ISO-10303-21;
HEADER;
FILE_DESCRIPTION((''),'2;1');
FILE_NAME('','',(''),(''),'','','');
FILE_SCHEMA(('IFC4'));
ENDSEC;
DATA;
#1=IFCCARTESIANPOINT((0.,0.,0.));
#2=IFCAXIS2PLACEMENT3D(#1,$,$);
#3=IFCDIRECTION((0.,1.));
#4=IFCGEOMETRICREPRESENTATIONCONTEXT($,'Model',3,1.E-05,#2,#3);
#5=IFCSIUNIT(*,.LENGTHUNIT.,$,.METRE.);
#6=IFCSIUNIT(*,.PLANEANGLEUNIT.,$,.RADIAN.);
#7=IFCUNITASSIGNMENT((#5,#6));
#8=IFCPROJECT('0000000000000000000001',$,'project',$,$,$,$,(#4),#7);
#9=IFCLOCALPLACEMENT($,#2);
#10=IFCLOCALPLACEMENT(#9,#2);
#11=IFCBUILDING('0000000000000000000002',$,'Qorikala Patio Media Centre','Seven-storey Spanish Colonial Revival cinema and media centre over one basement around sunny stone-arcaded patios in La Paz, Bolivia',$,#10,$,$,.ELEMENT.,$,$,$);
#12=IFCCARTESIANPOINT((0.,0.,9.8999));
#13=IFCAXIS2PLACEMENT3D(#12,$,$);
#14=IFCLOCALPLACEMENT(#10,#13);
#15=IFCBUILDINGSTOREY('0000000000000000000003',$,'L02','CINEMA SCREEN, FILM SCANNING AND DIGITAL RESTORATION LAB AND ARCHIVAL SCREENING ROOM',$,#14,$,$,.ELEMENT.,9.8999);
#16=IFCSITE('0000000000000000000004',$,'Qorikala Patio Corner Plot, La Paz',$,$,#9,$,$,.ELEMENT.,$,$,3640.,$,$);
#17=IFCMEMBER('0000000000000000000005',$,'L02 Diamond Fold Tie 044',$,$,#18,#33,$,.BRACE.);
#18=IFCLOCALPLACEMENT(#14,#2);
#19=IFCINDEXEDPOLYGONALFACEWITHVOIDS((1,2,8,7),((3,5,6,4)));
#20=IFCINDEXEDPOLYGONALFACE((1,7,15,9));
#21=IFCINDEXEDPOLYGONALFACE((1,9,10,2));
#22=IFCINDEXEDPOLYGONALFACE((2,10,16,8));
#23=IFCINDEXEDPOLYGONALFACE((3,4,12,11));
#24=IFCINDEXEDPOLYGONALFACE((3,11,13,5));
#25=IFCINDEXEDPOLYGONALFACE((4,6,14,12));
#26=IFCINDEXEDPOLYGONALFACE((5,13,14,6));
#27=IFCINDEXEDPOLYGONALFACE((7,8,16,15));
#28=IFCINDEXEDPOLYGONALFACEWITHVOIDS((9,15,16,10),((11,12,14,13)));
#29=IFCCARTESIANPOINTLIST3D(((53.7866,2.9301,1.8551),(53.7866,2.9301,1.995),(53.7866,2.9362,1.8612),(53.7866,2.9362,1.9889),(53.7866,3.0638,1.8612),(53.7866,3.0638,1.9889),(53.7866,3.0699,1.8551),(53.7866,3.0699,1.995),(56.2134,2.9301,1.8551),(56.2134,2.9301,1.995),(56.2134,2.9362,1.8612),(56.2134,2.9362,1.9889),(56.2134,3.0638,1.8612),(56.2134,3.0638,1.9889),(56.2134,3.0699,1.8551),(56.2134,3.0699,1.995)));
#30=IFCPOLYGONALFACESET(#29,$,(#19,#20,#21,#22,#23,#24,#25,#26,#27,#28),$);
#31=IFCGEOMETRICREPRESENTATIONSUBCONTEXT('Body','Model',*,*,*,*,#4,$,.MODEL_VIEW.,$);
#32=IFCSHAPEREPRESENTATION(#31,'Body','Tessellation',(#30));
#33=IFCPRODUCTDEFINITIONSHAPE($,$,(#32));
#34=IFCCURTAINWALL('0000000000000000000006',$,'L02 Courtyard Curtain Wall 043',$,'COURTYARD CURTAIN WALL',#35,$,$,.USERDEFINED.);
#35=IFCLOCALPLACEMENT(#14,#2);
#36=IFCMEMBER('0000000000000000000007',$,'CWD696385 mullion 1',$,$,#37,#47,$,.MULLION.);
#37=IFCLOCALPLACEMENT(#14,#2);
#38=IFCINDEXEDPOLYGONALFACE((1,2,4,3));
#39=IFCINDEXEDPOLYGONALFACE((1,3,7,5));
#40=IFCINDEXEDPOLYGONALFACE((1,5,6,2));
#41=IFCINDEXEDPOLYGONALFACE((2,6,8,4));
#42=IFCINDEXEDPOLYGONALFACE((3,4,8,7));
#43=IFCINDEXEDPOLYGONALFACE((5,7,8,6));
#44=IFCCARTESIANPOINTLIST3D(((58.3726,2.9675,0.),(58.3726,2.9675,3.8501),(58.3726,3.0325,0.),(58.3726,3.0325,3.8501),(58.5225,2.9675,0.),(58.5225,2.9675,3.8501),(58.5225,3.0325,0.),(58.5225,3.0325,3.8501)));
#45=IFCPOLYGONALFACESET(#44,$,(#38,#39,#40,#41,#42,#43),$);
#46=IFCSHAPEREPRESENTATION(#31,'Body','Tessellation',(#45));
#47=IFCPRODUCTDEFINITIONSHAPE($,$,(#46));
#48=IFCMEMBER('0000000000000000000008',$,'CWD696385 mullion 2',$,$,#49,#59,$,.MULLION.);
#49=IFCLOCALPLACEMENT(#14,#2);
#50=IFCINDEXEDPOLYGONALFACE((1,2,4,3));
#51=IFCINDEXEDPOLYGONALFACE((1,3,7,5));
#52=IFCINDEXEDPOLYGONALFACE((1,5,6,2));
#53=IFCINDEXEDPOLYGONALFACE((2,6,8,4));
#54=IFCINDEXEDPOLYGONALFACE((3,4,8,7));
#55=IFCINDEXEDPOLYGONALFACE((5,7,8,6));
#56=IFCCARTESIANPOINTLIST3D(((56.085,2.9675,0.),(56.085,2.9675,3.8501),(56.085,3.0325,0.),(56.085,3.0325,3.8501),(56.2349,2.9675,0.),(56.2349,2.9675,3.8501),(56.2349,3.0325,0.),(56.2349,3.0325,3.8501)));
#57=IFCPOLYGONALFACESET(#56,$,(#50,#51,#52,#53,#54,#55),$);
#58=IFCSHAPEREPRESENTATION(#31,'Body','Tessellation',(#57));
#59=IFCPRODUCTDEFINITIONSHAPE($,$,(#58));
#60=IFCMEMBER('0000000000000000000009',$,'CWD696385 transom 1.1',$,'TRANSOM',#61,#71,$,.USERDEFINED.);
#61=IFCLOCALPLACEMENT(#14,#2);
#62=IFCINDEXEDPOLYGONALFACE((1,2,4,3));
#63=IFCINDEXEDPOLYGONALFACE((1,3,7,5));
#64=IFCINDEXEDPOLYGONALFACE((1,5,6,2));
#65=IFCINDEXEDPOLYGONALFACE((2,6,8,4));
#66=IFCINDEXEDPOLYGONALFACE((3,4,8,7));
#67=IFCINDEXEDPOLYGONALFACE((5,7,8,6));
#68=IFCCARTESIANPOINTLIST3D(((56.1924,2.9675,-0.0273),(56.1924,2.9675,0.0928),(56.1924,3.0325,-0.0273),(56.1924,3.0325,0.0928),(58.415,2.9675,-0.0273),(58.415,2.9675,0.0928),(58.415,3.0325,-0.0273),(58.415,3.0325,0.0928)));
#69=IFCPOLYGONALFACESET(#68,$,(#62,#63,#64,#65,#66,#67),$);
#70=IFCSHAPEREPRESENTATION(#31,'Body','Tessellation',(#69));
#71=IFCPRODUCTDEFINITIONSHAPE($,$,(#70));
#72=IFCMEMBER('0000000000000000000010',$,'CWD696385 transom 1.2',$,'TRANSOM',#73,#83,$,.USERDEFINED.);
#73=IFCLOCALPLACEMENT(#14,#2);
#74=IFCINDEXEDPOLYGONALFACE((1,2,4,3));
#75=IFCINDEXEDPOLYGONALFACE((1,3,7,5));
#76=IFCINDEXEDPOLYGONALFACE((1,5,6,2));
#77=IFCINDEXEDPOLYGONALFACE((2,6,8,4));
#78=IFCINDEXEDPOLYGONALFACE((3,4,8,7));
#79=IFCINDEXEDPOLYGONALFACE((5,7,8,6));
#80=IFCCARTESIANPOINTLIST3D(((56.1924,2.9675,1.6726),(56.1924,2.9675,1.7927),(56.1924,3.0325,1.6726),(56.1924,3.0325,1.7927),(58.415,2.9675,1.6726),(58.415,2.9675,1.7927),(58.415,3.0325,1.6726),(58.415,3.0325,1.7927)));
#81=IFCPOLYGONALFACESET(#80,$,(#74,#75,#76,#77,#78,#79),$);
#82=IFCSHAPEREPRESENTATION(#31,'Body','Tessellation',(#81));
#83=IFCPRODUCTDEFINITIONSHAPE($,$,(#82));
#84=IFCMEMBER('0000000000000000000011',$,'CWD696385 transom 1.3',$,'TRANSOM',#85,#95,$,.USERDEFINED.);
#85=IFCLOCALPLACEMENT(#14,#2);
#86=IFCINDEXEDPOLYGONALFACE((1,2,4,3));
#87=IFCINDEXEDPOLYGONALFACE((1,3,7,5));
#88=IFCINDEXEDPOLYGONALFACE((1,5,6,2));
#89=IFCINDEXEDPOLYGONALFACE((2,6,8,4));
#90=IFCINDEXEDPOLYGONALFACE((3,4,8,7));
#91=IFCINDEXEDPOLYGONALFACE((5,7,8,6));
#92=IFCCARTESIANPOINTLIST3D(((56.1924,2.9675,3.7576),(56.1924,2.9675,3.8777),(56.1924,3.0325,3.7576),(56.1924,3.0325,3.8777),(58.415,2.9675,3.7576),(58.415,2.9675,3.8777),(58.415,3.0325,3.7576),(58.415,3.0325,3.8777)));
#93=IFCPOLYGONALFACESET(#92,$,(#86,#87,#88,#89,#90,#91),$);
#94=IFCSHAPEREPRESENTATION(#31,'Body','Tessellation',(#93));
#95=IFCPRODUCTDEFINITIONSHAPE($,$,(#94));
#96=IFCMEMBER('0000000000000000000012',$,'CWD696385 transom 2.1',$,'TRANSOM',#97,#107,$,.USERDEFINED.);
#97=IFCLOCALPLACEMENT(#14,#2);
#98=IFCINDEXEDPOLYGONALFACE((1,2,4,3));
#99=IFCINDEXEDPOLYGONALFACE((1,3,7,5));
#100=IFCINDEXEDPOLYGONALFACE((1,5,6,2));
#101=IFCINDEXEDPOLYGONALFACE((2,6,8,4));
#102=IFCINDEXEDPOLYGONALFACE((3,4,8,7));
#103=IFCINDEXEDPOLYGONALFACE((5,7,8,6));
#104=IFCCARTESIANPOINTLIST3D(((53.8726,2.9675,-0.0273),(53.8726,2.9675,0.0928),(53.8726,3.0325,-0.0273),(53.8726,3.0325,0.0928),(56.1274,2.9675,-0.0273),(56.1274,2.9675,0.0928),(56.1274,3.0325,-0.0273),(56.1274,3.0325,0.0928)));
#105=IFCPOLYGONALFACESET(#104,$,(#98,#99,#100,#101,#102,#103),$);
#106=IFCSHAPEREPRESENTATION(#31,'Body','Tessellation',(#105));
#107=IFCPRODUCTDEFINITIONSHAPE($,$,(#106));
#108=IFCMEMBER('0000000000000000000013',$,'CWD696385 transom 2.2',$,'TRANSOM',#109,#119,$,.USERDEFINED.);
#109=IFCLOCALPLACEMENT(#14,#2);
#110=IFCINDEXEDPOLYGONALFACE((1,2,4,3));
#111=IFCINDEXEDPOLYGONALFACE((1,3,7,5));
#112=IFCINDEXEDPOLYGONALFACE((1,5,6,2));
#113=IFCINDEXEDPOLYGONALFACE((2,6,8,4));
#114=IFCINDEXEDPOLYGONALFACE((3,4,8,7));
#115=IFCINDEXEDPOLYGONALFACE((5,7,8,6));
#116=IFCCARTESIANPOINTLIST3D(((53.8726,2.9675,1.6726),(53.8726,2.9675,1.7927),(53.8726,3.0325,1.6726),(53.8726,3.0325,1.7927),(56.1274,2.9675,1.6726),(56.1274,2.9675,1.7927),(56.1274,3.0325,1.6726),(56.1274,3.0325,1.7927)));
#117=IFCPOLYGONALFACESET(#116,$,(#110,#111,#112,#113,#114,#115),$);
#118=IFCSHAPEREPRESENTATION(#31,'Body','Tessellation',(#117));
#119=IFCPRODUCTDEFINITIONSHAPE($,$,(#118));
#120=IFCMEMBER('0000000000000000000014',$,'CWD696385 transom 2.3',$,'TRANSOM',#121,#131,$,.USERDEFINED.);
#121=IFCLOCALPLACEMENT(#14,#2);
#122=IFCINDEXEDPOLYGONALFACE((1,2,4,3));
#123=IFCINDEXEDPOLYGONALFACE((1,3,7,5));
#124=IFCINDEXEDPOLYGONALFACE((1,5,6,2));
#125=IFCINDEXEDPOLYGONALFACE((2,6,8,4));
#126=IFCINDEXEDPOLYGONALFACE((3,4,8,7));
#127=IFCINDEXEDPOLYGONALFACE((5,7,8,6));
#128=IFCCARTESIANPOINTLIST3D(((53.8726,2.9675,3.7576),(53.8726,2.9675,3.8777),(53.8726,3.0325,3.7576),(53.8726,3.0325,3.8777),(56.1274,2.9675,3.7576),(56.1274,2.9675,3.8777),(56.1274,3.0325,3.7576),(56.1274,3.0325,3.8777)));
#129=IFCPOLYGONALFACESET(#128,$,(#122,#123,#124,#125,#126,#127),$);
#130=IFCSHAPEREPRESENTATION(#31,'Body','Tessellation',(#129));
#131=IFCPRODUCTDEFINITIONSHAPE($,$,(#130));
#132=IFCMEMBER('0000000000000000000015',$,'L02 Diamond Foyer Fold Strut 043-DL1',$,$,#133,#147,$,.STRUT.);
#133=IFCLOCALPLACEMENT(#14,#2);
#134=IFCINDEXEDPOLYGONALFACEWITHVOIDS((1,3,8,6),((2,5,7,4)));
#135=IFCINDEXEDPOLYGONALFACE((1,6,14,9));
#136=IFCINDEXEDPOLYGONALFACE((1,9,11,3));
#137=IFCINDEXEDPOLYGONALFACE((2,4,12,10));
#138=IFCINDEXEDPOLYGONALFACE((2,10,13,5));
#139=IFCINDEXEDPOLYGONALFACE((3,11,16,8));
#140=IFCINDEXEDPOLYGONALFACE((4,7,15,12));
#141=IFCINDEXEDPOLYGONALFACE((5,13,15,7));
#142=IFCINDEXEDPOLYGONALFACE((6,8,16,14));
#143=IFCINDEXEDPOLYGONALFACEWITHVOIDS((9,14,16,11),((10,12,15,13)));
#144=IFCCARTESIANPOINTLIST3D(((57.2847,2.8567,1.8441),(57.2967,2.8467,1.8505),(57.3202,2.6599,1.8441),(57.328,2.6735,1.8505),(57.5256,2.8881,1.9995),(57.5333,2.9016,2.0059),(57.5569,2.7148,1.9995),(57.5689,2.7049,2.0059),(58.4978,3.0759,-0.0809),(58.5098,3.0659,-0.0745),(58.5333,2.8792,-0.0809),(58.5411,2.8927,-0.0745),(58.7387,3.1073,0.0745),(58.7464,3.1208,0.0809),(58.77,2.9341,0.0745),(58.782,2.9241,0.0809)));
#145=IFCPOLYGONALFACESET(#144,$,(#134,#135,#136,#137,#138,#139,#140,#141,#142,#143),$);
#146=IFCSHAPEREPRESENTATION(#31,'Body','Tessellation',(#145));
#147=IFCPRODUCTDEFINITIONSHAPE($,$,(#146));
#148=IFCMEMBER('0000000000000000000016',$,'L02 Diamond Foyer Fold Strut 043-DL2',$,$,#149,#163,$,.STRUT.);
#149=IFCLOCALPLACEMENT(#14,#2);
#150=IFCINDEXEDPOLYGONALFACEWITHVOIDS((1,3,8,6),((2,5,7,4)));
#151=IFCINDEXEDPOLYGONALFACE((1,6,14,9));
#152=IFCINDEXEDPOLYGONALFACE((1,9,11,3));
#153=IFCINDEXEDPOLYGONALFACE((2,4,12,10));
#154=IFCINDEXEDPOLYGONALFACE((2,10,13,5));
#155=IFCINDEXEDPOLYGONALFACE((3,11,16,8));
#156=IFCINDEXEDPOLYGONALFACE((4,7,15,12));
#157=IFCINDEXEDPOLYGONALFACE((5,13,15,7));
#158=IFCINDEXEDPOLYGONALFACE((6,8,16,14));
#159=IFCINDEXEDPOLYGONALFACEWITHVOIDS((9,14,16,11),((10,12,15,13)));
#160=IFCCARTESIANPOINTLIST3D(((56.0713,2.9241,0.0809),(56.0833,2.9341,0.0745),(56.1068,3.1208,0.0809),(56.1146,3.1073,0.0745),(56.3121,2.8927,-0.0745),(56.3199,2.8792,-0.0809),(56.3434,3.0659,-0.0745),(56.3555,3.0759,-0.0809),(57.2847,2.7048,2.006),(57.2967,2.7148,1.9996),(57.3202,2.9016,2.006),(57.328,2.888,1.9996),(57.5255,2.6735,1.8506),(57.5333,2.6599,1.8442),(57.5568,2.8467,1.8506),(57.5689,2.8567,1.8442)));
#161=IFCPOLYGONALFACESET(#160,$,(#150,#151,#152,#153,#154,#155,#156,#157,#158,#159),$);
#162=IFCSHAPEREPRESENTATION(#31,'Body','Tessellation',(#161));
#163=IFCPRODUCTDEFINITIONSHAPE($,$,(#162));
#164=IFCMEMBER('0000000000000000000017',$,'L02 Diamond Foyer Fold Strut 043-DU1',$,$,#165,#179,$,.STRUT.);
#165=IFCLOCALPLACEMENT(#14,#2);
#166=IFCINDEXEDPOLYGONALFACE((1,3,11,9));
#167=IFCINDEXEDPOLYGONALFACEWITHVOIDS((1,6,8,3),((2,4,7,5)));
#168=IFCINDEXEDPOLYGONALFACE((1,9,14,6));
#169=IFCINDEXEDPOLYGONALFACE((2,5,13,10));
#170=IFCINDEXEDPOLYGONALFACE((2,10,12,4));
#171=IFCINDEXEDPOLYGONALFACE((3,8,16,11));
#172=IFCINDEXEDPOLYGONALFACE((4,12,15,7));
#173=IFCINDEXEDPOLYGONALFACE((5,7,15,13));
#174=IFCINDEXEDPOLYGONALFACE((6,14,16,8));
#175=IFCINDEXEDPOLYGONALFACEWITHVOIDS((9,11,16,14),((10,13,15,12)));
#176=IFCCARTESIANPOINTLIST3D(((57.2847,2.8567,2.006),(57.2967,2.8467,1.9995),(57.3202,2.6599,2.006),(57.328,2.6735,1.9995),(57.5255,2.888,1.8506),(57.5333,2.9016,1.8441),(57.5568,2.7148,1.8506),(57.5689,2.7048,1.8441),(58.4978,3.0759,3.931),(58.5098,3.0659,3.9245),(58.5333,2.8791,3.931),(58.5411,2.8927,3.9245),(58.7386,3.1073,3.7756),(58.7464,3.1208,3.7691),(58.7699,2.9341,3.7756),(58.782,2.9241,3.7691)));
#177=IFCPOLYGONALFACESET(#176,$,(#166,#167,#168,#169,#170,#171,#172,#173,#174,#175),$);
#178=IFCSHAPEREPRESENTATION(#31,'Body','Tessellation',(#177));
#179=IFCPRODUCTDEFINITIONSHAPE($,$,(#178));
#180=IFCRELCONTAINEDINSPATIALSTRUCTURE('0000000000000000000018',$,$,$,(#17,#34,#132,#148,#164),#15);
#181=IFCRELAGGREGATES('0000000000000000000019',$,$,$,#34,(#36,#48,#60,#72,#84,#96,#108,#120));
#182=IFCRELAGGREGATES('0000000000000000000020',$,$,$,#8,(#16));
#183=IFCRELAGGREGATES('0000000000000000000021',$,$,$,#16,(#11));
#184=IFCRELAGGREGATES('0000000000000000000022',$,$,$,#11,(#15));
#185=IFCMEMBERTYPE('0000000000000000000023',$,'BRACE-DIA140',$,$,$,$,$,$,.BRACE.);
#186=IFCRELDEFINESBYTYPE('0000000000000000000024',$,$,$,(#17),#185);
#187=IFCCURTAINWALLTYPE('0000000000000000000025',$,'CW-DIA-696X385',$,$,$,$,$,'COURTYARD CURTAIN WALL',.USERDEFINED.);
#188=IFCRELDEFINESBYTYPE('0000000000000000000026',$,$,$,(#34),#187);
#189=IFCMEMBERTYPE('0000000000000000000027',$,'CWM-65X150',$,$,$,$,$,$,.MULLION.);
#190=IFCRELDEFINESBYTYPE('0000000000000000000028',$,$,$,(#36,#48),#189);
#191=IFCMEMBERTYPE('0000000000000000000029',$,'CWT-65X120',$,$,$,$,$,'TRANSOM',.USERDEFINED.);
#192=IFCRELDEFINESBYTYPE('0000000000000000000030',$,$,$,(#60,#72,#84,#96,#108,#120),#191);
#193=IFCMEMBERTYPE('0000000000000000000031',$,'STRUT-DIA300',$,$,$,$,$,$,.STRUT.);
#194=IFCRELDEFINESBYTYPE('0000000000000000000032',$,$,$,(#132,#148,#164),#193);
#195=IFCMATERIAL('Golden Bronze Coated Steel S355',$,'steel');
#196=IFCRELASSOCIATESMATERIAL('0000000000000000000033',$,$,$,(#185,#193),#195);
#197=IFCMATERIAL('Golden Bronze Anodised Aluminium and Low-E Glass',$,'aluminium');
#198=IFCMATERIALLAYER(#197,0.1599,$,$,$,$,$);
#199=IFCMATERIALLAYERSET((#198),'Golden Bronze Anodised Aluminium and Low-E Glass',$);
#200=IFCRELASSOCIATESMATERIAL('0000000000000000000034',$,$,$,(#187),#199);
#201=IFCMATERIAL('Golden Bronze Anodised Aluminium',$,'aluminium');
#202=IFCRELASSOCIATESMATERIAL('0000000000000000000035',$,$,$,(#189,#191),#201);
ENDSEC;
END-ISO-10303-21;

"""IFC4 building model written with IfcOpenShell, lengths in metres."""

from ifc_helpers import new_model, si_unit, direction, frame, origin, origin_2d, place, context, subcontext, project, spatial, rectangle, hollow_rectangle, extrude, material, layer, layer_set, material_profile, profile_set, type_object, element, aggregate, save


model = new_model("IFC4")

# Units and contexts
model_context = context("Model", 3, precision=1e-05, world=origin(), true_north=direction((0.0, 1.0)))
body_context = subcontext(model_context, "Body", "Model", "MODEL_VIEW")
ifc_project = project(units=[si_unit("LENGTHUNIT", "METRE"), si_unit("PLANEANGLEUNIT", "RADIAN")], contexts=[model_context])

# Site, building, storey
site_placement = place(None, origin())
site = spatial("IfcSite", under=ifc_project, at=site_placement, Name="Qorikala Patio Corner Plot, La Paz", CompositionType="ELEMENT", RefElevation=3640.0)
building_placement = place(site_placement, origin())
building = spatial("IfcBuilding", under=site, at=building_placement, Name="Qorikala Patio Media Centre", Description="Seven-storey Spanish Colonial Revival cinema and media centre over one basement around sunny stone-arcaded patios in La Paz, Bolivia", CompositionType="ELEMENT")
storey_placement = place(building_placement, frame((0.0, 0.0, 9.8999)))
storey = spatial("IfcBuildingStorey", under=building, at=storey_placement, Name="L02", Description="CINEMA SCREEN, FILM SCANNING AND DIGITAL RESTORATION LAB AND ARCHIVAL SCREENING ROOM", CompositionType="ELEMENT", Elevation=9.8999)

# Member
ifc_material_1 = material(Name="Golden Bronze Coated Steel S355", Category="steel")
ifc_material_profile_1 = material_profile(ifc_material_1, hollow_rectangle(XDim=0.1399, YDim=0.1399, WallThickness=0.0061, at=origin_2d()), Name="HSS140X140X6")
ifc_profile_set_1 = profile_set([ifc_material_profile_1], Name="Golden Bronze Coated Steel S355")
member_type_1 = type_object("IfcMemberType", Name="BRACE-DIA140", PredefinedType="BRACE", material=ifc_profile_set_1)
member_1_placement = place(storey_placement, frame((56.2134, 3.0, 1.925), z_axis=(-1.0, 0.0, 0.0), x_axis=(0.0, -1.0, 0.0)))
element("IfcMember", 1, at=member_1_placement, inside=storey, type_object=member_type_1, Name="L02 Diamond Fold Tie 044", PredefinedType="BRACE", context=body_context, shape_type="SweptSolid", body=[
    extrude(hollow_rectangle(XDim=0.1399, YDim=0.1399, WallThickness=0.0061, at=origin_2d()), origin(), (0.0, 0.0, 1.0), 2.4268),
])

# Curtain wall, members
ifc_material_2 = material(Name="Golden Bronze Anodised Aluminium and Low-E Glass", Category="aluminium")
ifc_layer_1 = layer(ifc_material_2, 0.1599)
ifc_layer_set_1 = layer_set([ifc_layer_1], Name="Golden Bronze Anodised Aluminium and Low-E Glass")
curtain_wall_type = type_object("IfcCurtainWallType", Name="CW-DIA-696X385", ElementType="COURTYARD CURTAIN WALL", PredefinedType="USERDEFINED", material=ifc_layer_set_1)
curtain_wall_placement = place(storey_placement, origin())
curtain_wall = element("IfcCurtainWall", 2, at=curtain_wall_placement, inside=storey, type_object=curtain_wall_type, Name="L02 Courtyard Curtain Wall 043", ObjectType="COURTYARD CURTAIN WALL", PredefinedType="USERDEFINED")
ifc_material_3 = material(Name="Golden Bronze Anodised Aluminium", Category="aluminium")
ifc_material_profile_2 = material_profile(ifc_material_3, rectangle(XDim=0.0649, YDim=0.1499, at=origin_2d()), Name="ALU MULLION 65x150")
ifc_profile_set_2 = profile_set([ifc_material_profile_2], Name="Golden Bronze Anodised Aluminium")
member_type_2 = type_object("IfcMemberType", Name="CWM-65X150", PredefinedType="MULLION", material=ifc_profile_set_2)
member_2_placement = place(storey_placement, frame((58.4475, 3.0, 0.0), z_axis=(0.0, 0.0, 1.0), x_axis=(0.0, -1.0, 0.0)))
member_2 = element("IfcMember", 3, at=member_2_placement, type_object=member_type_2, Name="CWD696385 mullion 1", PredefinedType="MULLION", context=body_context, shape_type="SweptSolid", body=[
    extrude(rectangle(XDim=0.0649, YDim=0.1499, at=origin_2d()), origin(), (0.0, 0.0, 1.0), 3.8501),
])
member_3_placement = place(storey_placement, frame((56.1599, 3.0, 0.0), z_axis=(0.0, 0.0, 1.0), x_axis=(0.0, -1.0, 0.0)))
member_3 = element("IfcMember", 4, at=member_3_placement, type_object=member_type_2, Name="CWD696385 mullion 2", PredefinedType="MULLION", context=body_context, shape_type="SweptSolid", body=[
    extrude(rectangle(XDim=0.0649, YDim=0.1499, at=origin_2d()), origin(), (0.0, 0.0, 1.0), 3.8501),
])
ifc_material_profile_3 = material_profile(ifc_material_3, rectangle(XDim=0.0649, YDim=0.1201, at=origin_2d()), Name="ALU TRANSOM 65x120")
ifc_profile_set_3 = profile_set([ifc_material_profile_3], Name="Golden Bronze Anodised Aluminium")
member_type_3 = type_object("IfcMemberType", Name="CWT-65X120", ElementType="TRANSOM", PredefinedType="USERDEFINED", material=ifc_profile_set_3)
member_4_placement = place(storey_placement, frame((58.415, 3.0, 0.0327), z_axis=(-1.0, 0.0, 0.0), x_axis=(0.0, -1.0, 0.0)))
member_4 = element("IfcMember", 5, at=member_4_placement, type_object=member_type_3, Name="CWD696385 transom 1.1", ObjectType="TRANSOM", PredefinedType="USERDEFINED", context=body_context, shape_type="SweptSolid", body=[
    extrude(rectangle(XDim=0.0649, YDim=0.1201, at=origin_2d()), origin(), (0.0, 0.0, 1.0), 2.2227),
])
member_5_placement = place(storey_placement, frame((58.415, 3.0, 1.7327), z_axis=(-1.0, 0.0, 0.0), x_axis=(0.0, -1.0, 0.0)))
member_5 = element("IfcMember", 6, at=member_5_placement, type_object=member_type_3, Name="CWD696385 transom 1.2", ObjectType="TRANSOM", PredefinedType="USERDEFINED", context=body_context, shape_type="SweptSolid", body=[
    extrude(rectangle(XDim=0.0649, YDim=0.1201, at=origin_2d()), origin(), (0.0, 0.0, 1.0), 2.2227),
])
member_6_placement = place(storey_placement, frame((58.415, 3.0, 3.8176), z_axis=(-1.0, 0.0, 0.0), x_axis=(0.0, -1.0, 0.0)))
member_6 = element("IfcMember", 7, at=member_6_placement, type_object=member_type_3, Name="CWD696385 transom 1.3", ObjectType="TRANSOM", PredefinedType="USERDEFINED", context=body_context, shape_type="SweptSolid", body=[
    extrude(rectangle(XDim=0.0649, YDim=0.1201, at=origin_2d()), origin(), (0.0, 0.0, 1.0), 2.2227),
])
member_7_placement = place(storey_placement, frame((56.1274, 3.0, 0.0327), z_axis=(-1.0, 0.0, 0.0), x_axis=(0.0, -1.0, 0.0)))
member_7 = element("IfcMember", 8, at=member_7_placement, type_object=member_type_3, Name="CWD696385 transom 2.1", ObjectType="TRANSOM", PredefinedType="USERDEFINED", context=body_context, shape_type="SweptSolid", body=[
    extrude(rectangle(XDim=0.0649, YDim=0.1201, at=origin_2d()), origin(), (0.0, 0.0, 1.0), 2.2549),
])
member_8_placement = place(storey_placement, frame((56.1274, 3.0, 1.7327), z_axis=(-1.0, 0.0, 0.0), x_axis=(0.0, -1.0, 0.0)))
member_8 = element("IfcMember", 9, at=member_8_placement, type_object=member_type_3, Name="CWD696385 transom 2.2", ObjectType="TRANSOM", PredefinedType="USERDEFINED", context=body_context, shape_type="SweptSolid", body=[
    extrude(rectangle(XDim=0.0649, YDim=0.1201, at=origin_2d()), origin(), (0.0, 0.0, 1.0), 2.2549),
])
member_9_placement = place(storey_placement, frame((56.1274, 3.0, 3.8176), z_axis=(-1.0, 0.0, 0.0), x_axis=(0.0, -1.0, 0.0)))
member_9 = element("IfcMember", 10, at=member_9_placement, type_object=member_type_3, Name="CWD696385 transom 2.3", ObjectType="TRANSOM", PredefinedType="USERDEFINED", context=body_context, shape_type="SweptSolid", body=[
    extrude(rectangle(XDim=0.0649, YDim=0.1201, at=origin_2d()), origin(), (0.0, 0.0, 1.0), 2.2549),
])

# Members
ifc_material_profile_4 = material_profile(ifc_material_1, hollow_rectangle(XDim=0.2, YDim=0.3, WallThickness=0.012, at=origin_2d()), Name="HSS300X200X12")
ifc_profile_set_4 = profile_set([ifc_material_profile_4], Name="Golden Bronze Coated Steel S355")
member_type_4 = type_object("IfcMemberType", Name="STRUT-DIA300", PredefinedType="STRUT", material=ifc_profile_set_4)
member_10_placement = place(storey_placement, frame((58.6399, 3.0, 0.0), z_axis=(-0.530691, -0.095907, 0.842121), x_axis=(0.17784, -0.984059, 0.0)))
element("IfcMember", 11, at=member_10_placement, inside=storey, type_object=member_type_4, Name="L02 Diamond Foyer Fold Strut 043-DL1", PredefinedType="STRUT", context=body_context, shape_type="SweptSolid", body=[
    extrude(hollow_rectangle(XDim=0.2, YDim=0.3, WallThickness=0.012, at=origin_2d()), origin(), (0.0, 0.0, 1.0), 2.2859),
])
member_11_placement = place(storey_placement, frame((56.2134, 3.0, 0.0), z_axis=(0.530768, -0.095901, 0.842074), x_axis=(0.177805, 0.984066, 0.0)))
element("IfcMember", 12, at=member_11_placement, inside=storey, type_object=member_type_4, Name="L02 Diamond Foyer Fold Strut 043-DL2", PredefinedType="STRUT", context=body_context, shape_type="SweptSolid", body=[
    extrude(hollow_rectangle(XDim=0.2, YDim=0.3, WallThickness=0.012, at=origin_2d()), origin(), (0.0, 0.0, 1.0), 2.2861),
])
member_12_placement = place(storey_placement, frame((57.4268, 2.7808, 1.925), z_axis=(0.530691, 0.095907, 0.842121), x_axis=(-0.17784, 0.984059, 0.0)))
element("IfcMember", 13, at=member_12_placement, inside=storey, type_object=member_type_4, Name="L02 Diamond Foyer Fold Strut 043-DU1", PredefinedType="STRUT", context=body_context, shape_type="SweptSolid", body=[
    extrude(hollow_rectangle(XDim=0.2, YDim=0.3, WallThickness=0.012, at=origin_2d()), origin(), (0.0, 0.0, 1.0), 2.2859),
])

aggregate(curtain_wall, [member_2, member_3, member_4, member_5, member_6, member_7, member_8, member_9])

save(model, "model.ifc")
